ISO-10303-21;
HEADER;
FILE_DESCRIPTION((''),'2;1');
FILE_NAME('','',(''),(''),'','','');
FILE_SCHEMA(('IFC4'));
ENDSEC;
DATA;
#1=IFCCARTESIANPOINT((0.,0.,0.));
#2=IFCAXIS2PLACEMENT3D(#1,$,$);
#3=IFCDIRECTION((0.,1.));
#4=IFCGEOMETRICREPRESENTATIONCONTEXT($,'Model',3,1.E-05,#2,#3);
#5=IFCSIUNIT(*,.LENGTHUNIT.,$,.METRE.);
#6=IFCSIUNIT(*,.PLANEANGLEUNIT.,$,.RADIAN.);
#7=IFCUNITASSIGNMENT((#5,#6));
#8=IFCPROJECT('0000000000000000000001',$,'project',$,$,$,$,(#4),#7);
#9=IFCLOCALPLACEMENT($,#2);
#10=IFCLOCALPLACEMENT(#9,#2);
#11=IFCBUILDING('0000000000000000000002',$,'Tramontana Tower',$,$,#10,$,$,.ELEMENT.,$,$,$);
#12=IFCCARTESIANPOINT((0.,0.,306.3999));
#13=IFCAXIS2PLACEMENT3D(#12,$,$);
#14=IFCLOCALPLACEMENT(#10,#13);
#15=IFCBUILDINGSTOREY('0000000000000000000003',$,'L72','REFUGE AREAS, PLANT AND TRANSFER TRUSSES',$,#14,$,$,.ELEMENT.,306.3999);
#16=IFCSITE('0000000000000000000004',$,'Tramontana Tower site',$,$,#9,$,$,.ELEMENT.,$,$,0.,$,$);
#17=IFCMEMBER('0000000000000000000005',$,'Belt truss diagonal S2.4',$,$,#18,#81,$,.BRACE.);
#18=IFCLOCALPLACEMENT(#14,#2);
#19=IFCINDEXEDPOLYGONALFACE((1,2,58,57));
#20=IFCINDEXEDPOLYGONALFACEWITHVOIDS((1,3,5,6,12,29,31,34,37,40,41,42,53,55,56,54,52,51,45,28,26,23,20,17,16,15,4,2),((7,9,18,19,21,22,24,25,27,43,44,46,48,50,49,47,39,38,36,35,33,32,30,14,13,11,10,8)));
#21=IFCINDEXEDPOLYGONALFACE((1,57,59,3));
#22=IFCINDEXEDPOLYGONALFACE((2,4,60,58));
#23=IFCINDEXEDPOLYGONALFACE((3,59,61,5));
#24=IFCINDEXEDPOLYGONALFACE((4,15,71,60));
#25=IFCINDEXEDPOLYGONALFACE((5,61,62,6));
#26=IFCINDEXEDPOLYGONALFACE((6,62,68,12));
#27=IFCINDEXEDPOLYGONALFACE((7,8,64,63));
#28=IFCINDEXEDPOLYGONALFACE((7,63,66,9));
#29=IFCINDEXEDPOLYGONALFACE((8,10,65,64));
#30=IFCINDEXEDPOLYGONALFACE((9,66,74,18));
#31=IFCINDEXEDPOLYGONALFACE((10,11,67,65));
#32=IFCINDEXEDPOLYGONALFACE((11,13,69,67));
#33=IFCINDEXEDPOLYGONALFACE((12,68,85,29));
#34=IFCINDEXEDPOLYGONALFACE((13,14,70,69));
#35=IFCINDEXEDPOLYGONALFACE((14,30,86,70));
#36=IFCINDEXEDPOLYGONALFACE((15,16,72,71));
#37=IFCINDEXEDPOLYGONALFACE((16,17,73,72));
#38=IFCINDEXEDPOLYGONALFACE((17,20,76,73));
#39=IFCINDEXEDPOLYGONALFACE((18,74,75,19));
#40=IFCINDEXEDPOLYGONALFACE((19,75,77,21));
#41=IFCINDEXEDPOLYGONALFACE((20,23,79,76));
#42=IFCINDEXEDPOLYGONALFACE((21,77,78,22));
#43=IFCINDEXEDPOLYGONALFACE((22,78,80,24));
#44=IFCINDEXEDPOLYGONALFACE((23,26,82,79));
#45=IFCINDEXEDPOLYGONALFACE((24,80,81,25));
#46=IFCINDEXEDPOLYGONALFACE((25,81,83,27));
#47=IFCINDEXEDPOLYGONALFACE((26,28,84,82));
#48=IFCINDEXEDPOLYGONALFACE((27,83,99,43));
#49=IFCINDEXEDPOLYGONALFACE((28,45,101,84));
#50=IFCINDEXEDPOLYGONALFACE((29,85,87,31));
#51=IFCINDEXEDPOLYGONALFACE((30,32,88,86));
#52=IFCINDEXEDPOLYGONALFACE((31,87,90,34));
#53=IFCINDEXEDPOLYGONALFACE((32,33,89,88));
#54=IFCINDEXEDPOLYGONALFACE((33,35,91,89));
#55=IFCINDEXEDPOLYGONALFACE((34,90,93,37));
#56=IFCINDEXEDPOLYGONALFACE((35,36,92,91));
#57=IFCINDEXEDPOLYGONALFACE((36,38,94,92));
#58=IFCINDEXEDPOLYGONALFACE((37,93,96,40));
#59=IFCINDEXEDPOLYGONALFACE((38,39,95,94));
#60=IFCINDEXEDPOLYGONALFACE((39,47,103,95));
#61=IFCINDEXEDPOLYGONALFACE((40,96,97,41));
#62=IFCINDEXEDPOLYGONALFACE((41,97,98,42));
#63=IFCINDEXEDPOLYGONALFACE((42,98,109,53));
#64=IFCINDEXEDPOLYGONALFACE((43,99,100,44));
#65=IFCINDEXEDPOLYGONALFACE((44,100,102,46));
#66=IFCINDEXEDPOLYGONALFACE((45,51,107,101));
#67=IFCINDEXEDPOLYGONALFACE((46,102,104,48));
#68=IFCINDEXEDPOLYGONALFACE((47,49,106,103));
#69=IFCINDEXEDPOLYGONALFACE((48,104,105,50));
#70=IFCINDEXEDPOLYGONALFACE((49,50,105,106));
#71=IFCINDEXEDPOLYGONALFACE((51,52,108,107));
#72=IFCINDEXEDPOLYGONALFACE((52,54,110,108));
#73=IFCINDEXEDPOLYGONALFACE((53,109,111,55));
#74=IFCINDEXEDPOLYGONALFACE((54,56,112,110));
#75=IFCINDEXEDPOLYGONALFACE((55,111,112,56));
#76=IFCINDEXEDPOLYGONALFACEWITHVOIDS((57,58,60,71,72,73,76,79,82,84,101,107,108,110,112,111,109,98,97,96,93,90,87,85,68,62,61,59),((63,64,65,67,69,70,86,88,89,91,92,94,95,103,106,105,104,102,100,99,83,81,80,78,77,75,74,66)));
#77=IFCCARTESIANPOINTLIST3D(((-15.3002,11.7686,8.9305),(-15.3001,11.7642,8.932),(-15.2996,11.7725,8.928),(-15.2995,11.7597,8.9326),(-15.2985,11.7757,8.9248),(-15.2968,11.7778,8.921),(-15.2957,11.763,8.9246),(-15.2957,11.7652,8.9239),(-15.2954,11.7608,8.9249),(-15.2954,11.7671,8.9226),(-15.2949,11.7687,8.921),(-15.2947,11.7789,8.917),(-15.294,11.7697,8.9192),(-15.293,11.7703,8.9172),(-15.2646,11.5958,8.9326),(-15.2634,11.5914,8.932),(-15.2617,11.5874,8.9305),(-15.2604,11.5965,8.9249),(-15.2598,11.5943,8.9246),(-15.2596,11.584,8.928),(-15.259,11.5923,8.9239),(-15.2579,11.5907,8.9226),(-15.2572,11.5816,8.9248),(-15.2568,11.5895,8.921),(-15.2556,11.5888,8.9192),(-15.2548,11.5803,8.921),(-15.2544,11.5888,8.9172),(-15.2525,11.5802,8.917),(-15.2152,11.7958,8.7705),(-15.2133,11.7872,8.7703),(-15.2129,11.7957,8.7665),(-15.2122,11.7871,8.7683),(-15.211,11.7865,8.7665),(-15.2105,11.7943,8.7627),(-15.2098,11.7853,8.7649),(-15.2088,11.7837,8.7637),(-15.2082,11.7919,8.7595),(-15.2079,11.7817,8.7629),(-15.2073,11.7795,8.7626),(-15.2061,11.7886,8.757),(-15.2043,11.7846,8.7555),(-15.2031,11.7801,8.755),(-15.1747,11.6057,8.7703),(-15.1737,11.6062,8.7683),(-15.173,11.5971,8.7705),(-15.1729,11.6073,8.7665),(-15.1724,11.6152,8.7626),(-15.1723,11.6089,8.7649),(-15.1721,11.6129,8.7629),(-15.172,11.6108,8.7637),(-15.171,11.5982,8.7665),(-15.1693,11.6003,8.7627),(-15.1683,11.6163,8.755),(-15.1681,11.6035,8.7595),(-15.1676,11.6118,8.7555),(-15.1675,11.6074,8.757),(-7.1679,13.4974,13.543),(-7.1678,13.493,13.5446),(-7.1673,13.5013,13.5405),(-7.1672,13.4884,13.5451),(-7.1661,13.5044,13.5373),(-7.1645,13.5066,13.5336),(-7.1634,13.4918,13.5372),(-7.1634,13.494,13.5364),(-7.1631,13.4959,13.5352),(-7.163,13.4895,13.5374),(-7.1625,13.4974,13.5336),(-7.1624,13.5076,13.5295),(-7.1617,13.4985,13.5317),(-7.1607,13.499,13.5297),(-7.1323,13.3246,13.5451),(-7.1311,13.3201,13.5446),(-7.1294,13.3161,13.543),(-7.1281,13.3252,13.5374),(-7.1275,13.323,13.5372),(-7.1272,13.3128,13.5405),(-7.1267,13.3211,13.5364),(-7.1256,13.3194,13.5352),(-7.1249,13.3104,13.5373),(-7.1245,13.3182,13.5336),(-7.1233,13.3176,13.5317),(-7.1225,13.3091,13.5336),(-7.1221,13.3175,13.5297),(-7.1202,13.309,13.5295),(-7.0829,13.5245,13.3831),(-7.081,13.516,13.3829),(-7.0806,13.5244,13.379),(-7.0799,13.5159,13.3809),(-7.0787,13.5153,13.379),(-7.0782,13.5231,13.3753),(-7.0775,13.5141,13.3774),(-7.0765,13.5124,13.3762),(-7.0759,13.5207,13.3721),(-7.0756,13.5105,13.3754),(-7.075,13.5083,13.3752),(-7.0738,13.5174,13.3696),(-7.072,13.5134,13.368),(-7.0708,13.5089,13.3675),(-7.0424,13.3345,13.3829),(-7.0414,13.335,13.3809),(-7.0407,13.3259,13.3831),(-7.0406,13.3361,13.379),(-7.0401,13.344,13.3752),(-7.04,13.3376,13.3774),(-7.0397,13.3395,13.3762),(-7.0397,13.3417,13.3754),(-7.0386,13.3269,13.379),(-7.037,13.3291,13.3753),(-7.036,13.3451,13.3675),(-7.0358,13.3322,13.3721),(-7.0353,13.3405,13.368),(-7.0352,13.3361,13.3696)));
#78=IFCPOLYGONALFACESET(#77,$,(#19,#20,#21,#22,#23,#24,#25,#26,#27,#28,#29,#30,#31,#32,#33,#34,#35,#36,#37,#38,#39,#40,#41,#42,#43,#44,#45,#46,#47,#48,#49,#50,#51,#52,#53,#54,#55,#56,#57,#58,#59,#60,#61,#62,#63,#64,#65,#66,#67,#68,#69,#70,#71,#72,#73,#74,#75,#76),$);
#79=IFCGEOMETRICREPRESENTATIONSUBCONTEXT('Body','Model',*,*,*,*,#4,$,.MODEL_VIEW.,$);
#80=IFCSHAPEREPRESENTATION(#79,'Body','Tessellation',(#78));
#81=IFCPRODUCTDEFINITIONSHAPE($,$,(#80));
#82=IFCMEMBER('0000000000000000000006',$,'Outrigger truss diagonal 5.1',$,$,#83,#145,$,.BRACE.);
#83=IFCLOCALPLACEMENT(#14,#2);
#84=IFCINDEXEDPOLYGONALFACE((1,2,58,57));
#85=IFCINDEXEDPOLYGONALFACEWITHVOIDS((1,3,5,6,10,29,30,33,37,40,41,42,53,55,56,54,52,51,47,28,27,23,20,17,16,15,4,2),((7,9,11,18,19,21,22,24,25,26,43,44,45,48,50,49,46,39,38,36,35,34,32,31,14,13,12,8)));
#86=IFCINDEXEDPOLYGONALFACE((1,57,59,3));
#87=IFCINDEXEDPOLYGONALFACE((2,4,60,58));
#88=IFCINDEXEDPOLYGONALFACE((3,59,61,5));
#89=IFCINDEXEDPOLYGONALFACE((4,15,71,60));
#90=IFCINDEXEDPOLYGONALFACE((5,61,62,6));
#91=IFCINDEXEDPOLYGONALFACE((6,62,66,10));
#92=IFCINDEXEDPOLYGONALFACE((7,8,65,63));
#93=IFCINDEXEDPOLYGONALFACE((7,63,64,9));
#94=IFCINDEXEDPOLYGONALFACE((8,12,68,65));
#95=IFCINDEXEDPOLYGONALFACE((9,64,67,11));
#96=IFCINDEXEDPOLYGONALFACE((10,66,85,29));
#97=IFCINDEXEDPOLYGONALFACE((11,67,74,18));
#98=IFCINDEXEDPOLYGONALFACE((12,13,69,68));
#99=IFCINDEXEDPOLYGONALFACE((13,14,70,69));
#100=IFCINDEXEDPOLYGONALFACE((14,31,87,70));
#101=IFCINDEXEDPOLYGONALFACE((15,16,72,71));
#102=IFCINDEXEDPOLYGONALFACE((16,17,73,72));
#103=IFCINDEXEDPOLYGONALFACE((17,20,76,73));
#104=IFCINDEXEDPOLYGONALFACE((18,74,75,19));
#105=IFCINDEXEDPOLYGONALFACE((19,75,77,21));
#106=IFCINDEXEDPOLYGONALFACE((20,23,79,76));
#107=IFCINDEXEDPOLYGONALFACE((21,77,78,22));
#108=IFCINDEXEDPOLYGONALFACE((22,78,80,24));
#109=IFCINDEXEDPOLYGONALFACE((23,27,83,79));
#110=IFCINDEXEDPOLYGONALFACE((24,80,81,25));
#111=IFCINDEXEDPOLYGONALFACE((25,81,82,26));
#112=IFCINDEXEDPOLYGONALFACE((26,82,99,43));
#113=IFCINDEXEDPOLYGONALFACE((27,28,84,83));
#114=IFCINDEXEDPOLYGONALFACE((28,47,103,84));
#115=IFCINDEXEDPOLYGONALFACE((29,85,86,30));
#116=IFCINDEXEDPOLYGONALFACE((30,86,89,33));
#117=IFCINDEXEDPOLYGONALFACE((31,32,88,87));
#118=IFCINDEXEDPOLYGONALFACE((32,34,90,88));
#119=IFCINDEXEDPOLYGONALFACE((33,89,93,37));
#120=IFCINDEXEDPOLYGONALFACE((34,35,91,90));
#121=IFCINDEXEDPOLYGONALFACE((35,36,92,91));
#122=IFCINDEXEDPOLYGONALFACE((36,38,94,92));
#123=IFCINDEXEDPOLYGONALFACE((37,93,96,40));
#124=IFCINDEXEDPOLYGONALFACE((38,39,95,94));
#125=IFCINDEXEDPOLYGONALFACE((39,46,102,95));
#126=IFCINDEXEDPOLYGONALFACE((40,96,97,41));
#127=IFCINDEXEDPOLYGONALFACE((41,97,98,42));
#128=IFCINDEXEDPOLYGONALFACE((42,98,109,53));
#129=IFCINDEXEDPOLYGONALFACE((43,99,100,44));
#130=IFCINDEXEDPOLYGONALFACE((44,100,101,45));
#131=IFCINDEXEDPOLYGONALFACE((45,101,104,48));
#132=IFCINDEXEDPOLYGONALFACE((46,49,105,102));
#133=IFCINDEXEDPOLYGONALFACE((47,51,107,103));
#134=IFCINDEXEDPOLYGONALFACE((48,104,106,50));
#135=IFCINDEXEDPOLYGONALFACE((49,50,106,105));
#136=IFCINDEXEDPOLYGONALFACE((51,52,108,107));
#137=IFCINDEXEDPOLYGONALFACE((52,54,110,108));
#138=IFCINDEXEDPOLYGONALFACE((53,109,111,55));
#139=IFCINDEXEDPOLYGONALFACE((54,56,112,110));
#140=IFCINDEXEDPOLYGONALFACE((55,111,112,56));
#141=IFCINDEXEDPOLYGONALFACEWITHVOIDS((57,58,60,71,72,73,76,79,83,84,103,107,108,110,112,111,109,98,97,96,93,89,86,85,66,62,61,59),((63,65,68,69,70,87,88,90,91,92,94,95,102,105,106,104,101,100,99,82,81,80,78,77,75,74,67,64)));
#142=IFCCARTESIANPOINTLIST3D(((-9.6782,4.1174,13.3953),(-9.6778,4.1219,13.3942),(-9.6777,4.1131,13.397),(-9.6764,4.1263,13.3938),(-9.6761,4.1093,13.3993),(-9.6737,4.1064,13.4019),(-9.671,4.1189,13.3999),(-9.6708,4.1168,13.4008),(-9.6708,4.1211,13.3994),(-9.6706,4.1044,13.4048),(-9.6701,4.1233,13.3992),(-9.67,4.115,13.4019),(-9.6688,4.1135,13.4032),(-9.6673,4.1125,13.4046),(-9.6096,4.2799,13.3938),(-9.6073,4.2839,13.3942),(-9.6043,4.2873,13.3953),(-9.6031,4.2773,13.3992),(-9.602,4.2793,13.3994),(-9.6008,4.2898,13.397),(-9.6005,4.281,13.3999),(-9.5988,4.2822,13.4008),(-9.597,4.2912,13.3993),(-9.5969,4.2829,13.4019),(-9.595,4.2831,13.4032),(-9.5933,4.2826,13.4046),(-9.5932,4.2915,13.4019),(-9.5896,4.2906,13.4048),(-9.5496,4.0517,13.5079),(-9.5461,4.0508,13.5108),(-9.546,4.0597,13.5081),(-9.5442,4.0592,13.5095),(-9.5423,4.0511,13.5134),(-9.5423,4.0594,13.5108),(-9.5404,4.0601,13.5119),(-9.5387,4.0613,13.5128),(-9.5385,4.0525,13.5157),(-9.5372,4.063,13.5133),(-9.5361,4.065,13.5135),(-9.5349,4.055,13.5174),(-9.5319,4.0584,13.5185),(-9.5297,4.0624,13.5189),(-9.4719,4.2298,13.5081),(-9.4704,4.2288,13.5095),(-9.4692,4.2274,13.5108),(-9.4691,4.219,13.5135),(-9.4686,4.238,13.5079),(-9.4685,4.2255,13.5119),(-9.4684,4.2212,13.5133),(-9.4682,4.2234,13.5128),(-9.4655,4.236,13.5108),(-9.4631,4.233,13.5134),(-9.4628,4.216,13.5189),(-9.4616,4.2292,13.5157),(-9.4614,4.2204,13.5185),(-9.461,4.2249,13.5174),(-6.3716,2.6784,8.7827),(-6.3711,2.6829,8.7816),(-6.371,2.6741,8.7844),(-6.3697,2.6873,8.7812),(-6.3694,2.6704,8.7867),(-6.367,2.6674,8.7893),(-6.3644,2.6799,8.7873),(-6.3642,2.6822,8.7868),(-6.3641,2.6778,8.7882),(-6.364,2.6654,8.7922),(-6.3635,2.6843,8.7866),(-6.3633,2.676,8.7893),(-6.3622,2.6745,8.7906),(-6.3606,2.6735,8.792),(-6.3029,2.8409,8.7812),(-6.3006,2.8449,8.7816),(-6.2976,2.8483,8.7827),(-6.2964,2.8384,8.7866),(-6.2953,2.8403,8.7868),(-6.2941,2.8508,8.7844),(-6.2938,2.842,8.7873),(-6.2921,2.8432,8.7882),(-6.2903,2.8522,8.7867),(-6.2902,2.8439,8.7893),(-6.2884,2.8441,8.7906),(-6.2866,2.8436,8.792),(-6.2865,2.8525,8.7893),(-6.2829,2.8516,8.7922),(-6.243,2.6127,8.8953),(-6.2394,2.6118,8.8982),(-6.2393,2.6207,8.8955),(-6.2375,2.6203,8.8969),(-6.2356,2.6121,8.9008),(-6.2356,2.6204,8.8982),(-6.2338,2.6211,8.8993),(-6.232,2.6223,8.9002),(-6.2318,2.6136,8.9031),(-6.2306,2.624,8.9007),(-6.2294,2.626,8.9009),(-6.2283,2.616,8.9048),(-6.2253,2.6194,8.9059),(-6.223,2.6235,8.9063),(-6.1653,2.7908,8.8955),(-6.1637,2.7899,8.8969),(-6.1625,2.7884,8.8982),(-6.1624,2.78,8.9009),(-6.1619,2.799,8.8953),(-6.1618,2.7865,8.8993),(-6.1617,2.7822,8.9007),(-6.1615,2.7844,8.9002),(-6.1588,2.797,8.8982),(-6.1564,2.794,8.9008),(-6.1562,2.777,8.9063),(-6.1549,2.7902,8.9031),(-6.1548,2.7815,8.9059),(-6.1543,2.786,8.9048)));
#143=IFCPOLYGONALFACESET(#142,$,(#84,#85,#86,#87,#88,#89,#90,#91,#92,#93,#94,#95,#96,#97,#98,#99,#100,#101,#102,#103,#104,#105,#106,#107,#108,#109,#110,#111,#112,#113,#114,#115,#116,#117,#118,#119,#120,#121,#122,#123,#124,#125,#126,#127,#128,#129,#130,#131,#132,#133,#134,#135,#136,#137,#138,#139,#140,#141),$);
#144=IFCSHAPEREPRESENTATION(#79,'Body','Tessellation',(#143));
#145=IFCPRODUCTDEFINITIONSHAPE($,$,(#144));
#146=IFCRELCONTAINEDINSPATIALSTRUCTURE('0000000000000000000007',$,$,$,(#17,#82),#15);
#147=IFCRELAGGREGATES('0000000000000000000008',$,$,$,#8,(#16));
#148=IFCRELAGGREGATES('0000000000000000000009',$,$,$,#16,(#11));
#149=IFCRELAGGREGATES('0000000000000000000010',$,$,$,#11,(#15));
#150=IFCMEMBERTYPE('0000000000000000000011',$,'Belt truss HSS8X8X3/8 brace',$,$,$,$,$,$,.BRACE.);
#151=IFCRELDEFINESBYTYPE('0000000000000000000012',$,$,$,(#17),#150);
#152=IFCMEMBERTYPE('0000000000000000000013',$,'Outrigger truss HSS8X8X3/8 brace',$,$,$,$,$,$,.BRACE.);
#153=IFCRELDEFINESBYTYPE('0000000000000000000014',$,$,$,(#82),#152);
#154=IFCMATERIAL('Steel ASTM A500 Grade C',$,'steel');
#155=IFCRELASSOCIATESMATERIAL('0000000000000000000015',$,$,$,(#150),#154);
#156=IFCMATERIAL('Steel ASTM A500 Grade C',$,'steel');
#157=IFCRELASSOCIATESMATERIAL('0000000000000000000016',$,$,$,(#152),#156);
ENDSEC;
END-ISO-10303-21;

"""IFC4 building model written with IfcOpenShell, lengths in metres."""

from ifc_helpers import new_model, si_unit, direction, frame, origin, origin_2d, place, context, subcontext, project, spatial, hollow_rectangle, extrude, material, material_profile, profile_set, type_object, element, save


model = new_model("IFC4")

# Units and contexts
model_context = context("Model", 3, precision=1e-05, world=origin(), true_north=direction((0.0, 1.0)))
body_context = subcontext(model_context, "Body", "Model", "MODEL_VIEW")
ifc_project = project(units=[si_unit("LENGTHUNIT", "METRE"), si_unit("PLANEANGLEUNIT", "RADIAN")], contexts=[model_context])

# Site, building, storey
site_placement = place(None, origin())
site = spatial("IfcSite", under=ifc_project, at=site_placement, Name="Tramontana Tower site", CompositionType="ELEMENT", RefElevation=0.0)
building_placement = place(site_placement, origin())
building = spatial("IfcBuilding", under=site, at=building_placement, Name="Tramontana Tower", CompositionType="ELEMENT")
storey_placement = place(building_placement, frame((0.0, 0.0, 306.3999)))
storey = spatial("IfcBuildingStorey", under=building, at=storey_placement, Name="L72", Description="REFUGE AREAS, PLANT AND TRANSFER TRUSSES", CompositionType="ELEMENT", Elevation=306.3999)

# Members
ifc_material_1 = material(Name="Steel ASTM A500 Grade C", Category="steel")
ifc_material_profile_1 = material_profile(ifc_material_1, hollow_rectangle(XDim=0.2031, YDim=0.2031, WallThickness=0.0088, InnerFilletRadius=0.0088, OuterFilletRadius=0.0178, at=origin_2d()), Name="HSS8X8X3/8")
ifc_profile_set_1 = profile_set([ifc_material_profile_1], Name="Steel ASTM A500 Grade C")
member_type_1 = type_object("IfcMemberType", Name="Belt truss HSS8X8X3/8 brace", PredefinedType="BRACE", material=ifc_profile_set_1)
member_1_placement = place(storey_placement, frame((-7.1016, 13.4167, 13.4563), z_axis=(-0.855329, -0.181825, -0.485131), x_axis=(0.207933, -0.978143, 0.0)))
element("IfcMember", 1, at=member_1_placement, inside=storey, type_object=member_type_1, Name="Belt truss diagonal S2.4", PredefinedType="BRACE", context=body_context, shape_type="SweptSolid", body=[
    extrude(hollow_rectangle(XDim=0.2031, YDim=0.2031, WallThickness=0.0088, InnerFilletRadius=0.0088, OuterFilletRadius=0.0178, at=origin_2d()), origin(), (0.0, 0.0, 1.0), 9.5078),
])
ifc_material_2 = material(Name="Steel ASTM A500 Grade C", Category="steel")
ifc_material_profile_2 = material_profile(ifc_material_2, hollow_rectangle(XDim=0.2031, YDim=0.2031, WallThickness=0.0088, InnerFilletRadius=0.0088, OuterFilletRadius=0.0178, at=origin_2d()), Name="HSS8X8X3/8")
ifc_profile_set_2 = profile_set([ifc_material_profile_2], Name="Steel ASTM A500 Grade C")
member_type_2 = type_object("IfcMemberType", Name="Outrigger truss HSS8X8X3/8 brace", PredefinedType="BRACE", material=ifc_profile_set_2)
member_2_placement = place(storey_placement, frame((-6.2629, 2.7322, 8.8438), z_axis=(-0.564763, 0.24577, 0.787807), x_axis=(-0.399028, -0.916939, 0.0)))
element("IfcMember", 2, at=member_2_placement, inside=storey, type_object=member_type_2, Name="Outrigger truss diagonal 5.1", PredefinedType="BRACE", context=body_context, shape_type="SweptSolid", body=[
    extrude(hollow_rectangle(XDim=0.2031, YDim=0.2031, WallThickness=0.0088, InnerFilletRadius=0.0088, OuterFilletRadius=0.0178, at=origin_2d()), origin(), (0.0, 0.0, 1.0), 5.855),
])

save(model, "model.ifc")
